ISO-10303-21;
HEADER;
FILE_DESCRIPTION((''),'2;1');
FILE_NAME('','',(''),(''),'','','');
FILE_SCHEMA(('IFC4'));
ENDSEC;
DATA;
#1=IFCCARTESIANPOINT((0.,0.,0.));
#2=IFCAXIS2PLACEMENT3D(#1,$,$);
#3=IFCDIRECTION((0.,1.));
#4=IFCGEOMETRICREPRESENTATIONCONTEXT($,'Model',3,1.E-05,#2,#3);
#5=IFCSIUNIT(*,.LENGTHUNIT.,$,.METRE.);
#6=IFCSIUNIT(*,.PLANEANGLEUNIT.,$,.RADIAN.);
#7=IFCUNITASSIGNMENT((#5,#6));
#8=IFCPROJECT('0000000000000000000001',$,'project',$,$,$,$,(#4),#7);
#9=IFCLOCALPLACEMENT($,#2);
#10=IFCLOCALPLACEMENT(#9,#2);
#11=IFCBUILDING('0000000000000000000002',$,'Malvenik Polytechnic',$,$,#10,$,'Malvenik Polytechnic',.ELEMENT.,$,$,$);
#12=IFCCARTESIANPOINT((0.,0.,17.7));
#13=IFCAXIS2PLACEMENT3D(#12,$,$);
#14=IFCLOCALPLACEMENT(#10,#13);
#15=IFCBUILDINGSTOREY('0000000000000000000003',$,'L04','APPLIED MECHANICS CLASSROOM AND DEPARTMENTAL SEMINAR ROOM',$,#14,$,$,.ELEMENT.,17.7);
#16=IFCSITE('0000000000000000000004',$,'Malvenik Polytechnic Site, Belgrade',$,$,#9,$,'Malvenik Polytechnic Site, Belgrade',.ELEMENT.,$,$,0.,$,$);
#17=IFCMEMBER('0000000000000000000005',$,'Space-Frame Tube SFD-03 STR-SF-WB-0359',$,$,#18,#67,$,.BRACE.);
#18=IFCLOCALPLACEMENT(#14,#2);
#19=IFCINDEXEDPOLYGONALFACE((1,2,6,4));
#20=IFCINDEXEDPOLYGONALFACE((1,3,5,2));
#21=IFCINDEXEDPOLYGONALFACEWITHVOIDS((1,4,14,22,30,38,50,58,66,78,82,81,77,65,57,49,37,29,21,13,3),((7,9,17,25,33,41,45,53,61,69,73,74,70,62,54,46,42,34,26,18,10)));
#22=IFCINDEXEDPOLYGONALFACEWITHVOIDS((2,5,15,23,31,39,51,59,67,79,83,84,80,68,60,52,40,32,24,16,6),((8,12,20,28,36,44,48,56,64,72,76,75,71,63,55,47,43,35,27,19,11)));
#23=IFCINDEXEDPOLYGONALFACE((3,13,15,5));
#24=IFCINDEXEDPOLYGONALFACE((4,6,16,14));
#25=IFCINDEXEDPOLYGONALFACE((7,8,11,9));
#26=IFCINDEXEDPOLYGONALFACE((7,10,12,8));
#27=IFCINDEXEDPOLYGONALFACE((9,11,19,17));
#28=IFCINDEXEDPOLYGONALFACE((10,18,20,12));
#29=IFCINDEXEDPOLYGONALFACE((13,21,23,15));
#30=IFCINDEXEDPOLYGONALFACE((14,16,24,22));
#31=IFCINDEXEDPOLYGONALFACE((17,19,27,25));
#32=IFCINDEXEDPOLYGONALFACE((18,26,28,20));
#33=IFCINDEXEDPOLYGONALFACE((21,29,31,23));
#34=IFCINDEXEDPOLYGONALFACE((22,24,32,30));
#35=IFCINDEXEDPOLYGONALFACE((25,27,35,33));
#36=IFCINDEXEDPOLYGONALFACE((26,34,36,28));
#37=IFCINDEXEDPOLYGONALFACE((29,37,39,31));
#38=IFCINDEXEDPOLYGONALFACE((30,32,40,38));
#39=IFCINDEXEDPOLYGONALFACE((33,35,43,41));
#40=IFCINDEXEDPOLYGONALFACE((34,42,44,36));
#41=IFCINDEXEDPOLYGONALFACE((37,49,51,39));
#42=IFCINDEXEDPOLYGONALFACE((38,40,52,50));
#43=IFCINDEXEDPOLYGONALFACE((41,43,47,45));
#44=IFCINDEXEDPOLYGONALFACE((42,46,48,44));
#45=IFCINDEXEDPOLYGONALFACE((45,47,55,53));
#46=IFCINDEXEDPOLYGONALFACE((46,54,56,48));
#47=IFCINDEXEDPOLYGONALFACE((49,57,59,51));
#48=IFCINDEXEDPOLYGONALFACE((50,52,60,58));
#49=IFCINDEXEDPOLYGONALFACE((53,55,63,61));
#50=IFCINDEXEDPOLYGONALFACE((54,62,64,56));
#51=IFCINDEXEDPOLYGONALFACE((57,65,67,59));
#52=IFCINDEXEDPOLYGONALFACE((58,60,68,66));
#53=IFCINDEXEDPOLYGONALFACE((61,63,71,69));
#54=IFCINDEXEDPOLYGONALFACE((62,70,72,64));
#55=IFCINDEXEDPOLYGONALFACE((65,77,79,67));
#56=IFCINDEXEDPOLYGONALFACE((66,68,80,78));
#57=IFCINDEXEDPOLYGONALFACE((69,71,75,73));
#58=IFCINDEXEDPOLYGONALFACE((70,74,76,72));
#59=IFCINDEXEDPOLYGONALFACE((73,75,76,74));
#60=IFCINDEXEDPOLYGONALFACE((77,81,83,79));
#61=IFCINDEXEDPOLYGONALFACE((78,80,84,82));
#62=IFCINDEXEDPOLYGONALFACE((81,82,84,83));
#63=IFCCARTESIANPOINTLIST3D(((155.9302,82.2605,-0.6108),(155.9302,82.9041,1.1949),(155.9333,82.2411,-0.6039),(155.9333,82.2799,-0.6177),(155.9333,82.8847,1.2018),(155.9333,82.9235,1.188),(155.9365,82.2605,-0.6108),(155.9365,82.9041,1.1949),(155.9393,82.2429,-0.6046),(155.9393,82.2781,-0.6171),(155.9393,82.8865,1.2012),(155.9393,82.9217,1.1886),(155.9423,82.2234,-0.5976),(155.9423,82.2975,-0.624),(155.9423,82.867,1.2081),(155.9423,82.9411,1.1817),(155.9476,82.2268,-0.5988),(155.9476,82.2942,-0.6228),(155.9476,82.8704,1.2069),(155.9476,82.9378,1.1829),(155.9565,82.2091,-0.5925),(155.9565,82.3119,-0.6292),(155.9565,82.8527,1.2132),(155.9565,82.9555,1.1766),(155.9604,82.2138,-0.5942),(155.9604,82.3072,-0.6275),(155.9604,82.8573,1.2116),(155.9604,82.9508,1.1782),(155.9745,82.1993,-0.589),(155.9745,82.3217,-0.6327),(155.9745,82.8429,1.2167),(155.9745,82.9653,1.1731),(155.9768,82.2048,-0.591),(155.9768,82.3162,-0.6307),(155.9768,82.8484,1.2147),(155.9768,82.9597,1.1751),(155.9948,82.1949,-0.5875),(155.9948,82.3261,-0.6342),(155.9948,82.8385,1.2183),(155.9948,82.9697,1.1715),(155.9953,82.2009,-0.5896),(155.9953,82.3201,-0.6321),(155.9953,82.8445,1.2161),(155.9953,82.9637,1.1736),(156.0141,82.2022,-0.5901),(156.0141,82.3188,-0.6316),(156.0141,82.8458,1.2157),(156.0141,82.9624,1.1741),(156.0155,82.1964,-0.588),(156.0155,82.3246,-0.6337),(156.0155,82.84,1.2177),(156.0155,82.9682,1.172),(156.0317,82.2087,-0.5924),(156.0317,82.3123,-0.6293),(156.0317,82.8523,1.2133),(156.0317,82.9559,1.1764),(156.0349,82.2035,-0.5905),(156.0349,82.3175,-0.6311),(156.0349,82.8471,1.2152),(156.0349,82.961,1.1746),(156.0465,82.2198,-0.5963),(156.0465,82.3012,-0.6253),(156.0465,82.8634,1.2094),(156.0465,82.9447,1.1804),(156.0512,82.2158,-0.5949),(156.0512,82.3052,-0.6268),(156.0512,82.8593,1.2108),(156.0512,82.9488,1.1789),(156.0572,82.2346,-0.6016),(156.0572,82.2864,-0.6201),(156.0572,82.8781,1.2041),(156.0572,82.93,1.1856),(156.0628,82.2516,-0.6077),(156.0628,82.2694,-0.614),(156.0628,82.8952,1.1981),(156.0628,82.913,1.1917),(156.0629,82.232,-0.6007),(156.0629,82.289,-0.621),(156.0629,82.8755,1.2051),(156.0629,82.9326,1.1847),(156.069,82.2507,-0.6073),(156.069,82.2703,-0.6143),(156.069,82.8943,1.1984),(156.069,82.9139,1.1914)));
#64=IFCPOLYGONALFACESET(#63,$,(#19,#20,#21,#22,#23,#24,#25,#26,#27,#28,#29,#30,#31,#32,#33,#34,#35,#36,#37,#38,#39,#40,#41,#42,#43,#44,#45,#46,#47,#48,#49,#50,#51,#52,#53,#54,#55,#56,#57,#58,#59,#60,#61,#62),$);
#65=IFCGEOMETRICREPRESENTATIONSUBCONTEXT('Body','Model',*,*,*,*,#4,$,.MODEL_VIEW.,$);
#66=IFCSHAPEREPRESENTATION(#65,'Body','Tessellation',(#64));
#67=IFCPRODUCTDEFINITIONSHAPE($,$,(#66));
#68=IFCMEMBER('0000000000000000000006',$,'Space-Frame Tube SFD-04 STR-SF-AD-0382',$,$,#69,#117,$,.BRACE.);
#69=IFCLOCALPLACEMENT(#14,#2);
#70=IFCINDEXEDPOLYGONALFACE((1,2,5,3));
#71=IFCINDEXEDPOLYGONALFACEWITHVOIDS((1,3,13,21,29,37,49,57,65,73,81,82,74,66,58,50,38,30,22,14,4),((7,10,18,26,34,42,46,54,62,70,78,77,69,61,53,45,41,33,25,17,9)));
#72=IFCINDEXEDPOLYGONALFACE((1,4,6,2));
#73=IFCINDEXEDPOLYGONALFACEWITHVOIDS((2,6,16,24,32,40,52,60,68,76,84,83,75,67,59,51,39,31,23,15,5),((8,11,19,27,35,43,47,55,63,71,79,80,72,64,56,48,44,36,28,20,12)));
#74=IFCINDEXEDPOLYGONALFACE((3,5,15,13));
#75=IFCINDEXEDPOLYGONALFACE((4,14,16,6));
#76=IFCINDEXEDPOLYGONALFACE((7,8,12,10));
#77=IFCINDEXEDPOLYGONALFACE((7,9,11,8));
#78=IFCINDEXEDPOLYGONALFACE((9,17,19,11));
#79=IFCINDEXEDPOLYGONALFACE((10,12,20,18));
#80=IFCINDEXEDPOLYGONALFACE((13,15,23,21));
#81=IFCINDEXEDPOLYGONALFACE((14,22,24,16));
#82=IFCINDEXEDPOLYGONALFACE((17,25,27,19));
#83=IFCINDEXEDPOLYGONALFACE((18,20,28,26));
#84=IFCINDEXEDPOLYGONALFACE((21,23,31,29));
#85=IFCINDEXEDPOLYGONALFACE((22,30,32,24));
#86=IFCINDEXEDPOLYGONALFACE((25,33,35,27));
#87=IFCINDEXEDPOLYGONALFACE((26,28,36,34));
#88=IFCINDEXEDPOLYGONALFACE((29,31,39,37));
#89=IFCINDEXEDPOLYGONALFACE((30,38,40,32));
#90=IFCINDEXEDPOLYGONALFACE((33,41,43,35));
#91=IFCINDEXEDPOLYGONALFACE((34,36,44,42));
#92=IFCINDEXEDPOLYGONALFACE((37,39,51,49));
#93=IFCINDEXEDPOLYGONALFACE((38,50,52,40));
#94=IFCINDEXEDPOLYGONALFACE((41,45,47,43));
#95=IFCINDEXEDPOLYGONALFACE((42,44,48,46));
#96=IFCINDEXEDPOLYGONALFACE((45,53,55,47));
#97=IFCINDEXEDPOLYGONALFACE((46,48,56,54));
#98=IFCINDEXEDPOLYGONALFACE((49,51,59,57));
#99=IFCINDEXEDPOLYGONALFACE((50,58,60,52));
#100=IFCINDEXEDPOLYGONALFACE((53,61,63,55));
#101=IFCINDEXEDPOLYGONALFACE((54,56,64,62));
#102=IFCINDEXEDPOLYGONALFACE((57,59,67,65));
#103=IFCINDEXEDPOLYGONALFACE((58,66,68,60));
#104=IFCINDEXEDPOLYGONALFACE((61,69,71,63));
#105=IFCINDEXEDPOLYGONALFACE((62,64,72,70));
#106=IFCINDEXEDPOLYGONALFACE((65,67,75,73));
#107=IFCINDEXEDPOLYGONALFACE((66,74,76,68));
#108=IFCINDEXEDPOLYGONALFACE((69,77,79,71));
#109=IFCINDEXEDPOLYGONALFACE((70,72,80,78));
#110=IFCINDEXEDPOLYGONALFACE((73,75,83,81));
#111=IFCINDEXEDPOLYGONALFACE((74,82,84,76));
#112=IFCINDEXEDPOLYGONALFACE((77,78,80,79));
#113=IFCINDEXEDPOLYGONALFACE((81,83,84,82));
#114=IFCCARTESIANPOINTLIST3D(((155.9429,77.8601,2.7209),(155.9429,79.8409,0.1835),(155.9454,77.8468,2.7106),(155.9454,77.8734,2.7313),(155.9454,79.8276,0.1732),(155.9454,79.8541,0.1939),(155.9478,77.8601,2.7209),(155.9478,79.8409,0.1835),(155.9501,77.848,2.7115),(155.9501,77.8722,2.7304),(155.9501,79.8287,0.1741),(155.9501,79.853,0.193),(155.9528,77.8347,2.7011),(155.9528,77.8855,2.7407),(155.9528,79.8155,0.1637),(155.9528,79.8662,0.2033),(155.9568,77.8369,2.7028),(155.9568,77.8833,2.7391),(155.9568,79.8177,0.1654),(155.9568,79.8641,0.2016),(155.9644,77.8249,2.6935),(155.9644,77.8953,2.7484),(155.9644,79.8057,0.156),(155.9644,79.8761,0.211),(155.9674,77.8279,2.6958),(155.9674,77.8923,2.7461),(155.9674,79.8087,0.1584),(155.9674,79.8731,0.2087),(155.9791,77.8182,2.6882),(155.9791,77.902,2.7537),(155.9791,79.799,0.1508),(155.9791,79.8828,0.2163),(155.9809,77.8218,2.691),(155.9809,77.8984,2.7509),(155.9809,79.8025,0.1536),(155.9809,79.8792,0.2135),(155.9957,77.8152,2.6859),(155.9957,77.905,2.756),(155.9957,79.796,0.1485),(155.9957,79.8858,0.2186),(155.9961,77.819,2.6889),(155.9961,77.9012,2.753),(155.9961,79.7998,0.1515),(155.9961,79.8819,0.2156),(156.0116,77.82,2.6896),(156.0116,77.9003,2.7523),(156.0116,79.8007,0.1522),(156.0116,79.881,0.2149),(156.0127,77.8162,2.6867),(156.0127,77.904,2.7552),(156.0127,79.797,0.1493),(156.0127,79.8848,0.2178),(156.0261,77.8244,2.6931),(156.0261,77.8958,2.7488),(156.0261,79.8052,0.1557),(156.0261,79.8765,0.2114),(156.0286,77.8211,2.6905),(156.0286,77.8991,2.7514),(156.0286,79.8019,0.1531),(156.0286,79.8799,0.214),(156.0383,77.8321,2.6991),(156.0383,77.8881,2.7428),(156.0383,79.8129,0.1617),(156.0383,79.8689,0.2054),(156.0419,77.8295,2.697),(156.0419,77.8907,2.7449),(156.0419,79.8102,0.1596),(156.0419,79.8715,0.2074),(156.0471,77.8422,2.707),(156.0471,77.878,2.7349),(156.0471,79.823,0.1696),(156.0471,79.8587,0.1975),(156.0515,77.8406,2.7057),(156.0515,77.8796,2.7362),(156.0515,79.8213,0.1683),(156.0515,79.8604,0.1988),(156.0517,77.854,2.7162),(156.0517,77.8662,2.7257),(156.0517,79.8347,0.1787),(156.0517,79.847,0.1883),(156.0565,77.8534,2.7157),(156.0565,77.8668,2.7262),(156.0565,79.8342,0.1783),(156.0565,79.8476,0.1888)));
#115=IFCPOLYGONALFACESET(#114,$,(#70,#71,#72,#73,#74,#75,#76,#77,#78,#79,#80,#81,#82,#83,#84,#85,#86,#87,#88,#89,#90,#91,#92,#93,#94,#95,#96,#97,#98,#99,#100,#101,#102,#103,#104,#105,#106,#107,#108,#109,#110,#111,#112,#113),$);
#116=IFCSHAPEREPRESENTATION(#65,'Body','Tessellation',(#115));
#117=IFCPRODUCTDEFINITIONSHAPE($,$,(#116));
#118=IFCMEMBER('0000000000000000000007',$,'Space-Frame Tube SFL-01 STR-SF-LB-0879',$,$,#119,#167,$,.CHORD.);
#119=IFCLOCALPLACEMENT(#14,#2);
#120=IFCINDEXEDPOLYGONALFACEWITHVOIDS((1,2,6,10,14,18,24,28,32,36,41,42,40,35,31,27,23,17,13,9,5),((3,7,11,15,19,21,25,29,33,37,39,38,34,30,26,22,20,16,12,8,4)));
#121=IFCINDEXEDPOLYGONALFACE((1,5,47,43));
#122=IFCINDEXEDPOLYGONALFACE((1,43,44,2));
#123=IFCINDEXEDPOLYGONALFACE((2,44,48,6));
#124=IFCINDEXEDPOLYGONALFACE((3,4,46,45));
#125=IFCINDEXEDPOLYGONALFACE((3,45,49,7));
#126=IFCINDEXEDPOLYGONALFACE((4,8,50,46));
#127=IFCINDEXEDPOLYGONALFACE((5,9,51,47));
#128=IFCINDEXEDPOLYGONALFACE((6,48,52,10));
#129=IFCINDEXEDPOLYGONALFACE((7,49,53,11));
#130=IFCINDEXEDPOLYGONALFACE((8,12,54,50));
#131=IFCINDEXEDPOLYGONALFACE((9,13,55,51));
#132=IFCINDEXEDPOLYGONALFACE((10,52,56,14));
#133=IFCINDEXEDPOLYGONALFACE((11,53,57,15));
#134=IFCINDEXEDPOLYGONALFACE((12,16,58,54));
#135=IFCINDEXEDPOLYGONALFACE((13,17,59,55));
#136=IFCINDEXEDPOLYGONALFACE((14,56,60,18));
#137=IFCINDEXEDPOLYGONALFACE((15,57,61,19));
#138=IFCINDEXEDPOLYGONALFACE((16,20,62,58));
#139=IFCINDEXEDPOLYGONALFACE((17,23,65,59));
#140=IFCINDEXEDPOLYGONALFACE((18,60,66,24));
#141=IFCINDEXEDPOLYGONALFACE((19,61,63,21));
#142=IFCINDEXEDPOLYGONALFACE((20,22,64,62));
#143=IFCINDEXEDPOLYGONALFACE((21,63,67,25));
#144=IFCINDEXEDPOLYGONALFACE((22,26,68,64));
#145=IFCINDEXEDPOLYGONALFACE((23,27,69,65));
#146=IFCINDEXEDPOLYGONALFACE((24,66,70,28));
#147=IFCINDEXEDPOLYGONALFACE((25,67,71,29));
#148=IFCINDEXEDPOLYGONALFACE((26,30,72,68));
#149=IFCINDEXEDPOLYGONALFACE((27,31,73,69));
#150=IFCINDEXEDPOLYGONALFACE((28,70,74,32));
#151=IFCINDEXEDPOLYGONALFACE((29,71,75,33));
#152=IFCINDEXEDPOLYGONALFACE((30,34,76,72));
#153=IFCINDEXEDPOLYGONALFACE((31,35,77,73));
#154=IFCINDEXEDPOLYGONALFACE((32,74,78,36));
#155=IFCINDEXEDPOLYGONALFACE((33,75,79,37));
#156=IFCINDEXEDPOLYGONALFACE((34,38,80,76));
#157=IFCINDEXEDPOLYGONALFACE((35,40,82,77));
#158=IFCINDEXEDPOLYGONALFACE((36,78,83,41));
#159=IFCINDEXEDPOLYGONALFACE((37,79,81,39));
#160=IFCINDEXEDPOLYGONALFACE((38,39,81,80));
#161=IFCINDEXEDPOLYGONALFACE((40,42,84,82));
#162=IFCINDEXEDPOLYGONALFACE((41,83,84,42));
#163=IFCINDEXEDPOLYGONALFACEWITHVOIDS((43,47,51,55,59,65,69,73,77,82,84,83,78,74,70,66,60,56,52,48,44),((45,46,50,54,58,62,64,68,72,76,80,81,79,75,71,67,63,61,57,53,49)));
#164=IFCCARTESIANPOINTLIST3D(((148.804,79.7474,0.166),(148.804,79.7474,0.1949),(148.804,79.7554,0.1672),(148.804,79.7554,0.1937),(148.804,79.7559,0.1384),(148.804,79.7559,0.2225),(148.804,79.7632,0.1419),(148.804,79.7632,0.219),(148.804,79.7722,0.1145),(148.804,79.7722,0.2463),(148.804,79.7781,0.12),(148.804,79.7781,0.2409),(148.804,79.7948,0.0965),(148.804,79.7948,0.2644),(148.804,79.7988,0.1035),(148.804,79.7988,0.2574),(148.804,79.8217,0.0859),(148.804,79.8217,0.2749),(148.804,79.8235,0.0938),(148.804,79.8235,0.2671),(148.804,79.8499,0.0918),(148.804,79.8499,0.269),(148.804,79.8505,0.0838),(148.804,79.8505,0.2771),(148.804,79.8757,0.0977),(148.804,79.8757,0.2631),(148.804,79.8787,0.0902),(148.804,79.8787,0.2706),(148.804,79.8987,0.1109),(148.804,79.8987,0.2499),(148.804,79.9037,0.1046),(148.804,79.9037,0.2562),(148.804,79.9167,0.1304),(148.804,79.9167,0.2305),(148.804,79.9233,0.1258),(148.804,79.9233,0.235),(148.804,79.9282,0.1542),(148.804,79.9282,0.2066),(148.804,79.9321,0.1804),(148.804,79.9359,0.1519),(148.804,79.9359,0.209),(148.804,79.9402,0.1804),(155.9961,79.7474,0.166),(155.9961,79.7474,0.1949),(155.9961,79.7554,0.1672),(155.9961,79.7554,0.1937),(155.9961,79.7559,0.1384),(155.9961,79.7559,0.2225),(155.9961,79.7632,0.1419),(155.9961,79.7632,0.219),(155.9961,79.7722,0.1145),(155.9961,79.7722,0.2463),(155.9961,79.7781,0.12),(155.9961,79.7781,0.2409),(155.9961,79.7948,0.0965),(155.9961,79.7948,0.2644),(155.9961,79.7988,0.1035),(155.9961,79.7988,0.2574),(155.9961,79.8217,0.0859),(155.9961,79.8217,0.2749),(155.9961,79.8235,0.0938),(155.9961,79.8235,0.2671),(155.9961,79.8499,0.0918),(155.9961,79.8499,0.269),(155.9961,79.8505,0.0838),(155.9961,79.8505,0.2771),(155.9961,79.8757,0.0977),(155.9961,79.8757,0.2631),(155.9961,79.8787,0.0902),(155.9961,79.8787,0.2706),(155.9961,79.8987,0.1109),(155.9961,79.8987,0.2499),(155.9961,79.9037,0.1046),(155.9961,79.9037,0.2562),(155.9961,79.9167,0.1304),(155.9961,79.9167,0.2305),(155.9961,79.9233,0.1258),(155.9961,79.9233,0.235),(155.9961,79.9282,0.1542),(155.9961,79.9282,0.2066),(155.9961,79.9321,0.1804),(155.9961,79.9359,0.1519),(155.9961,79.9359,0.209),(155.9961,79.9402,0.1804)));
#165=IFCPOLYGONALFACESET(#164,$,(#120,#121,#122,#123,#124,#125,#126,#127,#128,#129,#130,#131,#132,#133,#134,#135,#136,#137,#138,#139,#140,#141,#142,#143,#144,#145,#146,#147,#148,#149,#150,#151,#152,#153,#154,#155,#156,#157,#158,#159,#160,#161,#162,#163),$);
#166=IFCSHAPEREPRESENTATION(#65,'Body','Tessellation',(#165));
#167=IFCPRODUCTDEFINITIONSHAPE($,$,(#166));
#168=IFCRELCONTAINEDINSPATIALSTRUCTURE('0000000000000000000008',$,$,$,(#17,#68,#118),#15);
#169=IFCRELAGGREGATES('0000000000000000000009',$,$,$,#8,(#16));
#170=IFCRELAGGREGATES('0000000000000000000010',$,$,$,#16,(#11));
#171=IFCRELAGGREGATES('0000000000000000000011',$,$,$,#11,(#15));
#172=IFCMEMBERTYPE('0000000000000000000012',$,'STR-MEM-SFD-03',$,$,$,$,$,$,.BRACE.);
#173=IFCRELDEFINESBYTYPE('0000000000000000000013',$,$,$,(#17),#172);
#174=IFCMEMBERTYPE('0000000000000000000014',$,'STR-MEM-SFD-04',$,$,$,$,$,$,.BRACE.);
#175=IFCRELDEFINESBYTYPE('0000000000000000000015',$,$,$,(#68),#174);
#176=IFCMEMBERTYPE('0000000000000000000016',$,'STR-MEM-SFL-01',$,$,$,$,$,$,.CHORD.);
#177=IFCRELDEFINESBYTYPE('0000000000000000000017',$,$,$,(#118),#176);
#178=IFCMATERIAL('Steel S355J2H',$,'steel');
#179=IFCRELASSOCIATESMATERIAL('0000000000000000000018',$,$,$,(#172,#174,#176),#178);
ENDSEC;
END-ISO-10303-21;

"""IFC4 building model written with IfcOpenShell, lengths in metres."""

from ifc_helpers import new_model, si_unit, direction, frame, origin, origin_2d, place, context, subcontext, project, spatial, hollow_circle, extrude, material, material_profile, profile_set, type_object, element, save


model = new_model("IFC4")

# Units and contexts
model_context = context("Model", 3, precision=1e-05, world=origin(), true_north=direction((0.0, 1.0)))
body_context = subcontext(model_context, "Body", "Model", "MODEL_VIEW")
ifc_project = project(units=[si_unit("LENGTHUNIT", "METRE"), si_unit("PLANEANGLEUNIT", "RADIAN")], contexts=[model_context])

# Site, building, storey
site_placement = place(None, origin())
site = spatial("IfcSite", under=ifc_project, at=site_placement, Name="Malvenik Polytechnic Site, Belgrade", LongName="Malvenik Polytechnic Site, Belgrade", CompositionType="ELEMENT", RefElevation=0.0)
building_placement = place(site_placement, origin())
building = spatial("IfcBuilding", under=site, at=building_placement, Name="Malvenik Polytechnic", LongName="Malvenik Polytechnic", CompositionType="ELEMENT")
storey_placement = place(building_placement, frame((0.0, 0.0, 17.7)))
storey = spatial("IfcBuildingStorey", under=building, at=storey_placement, Name="L04", Description="APPLIED MECHANICS CLASSROOM AND DEPARTMENTAL SEMINAR ROOM", CompositionType="ELEMENT", Elevation=17.7)

# Members
ifc_material = material(Name="Steel S355J2H", Category="steel")
ifc_material_profile_1 = material_profile(ifc_material, hollow_circle(Radius=0.0698, WallThickness=0.0063, at=origin_2d()), Name="CHS 139.7x6.3")
ifc_profile_set_1 = profile_set([ifc_material_profile_1], Name="Steel S355J2H")
member_type_1 = type_object("IfcMemberType", Name="STR-MEM-SFD-03", PredefinedType="BRACE", material=ifc_profile_set_1)
member_1_placement = place(storey_placement, frame((156.0, 82.2605, -0.6108), z_axis=(0.0, 0.335723, 0.941961), x_axis=(-1.0, 0.0, 0.0)))
element("IfcMember", 1, at=member_1_placement, inside=storey, type_object=member_type_1, Name="Space-Frame Tube SFD-03 STR-SF-WB-0359", PredefinedType="BRACE", context=body_context, shape_type="SweptSolid", body=[
    extrude(hollow_circle(Radius=0.0698, WallThickness=0.0063, at=origin_2d()), origin(), (0.0, 0.0, 1.0), 1.917),
])
ifc_material_profile_2 = material_profile(ifc_material, hollow_circle(Radius=0.0571, WallThickness=0.0049, at=origin_2d()), Name="CHS 114.3x5.0")
ifc_profile_set_2 = profile_set([ifc_material_profile_2], Name="Steel S355J2H")
member_type_2 = type_object("IfcMemberType", Name="STR-MEM-SFD-04", PredefinedType="BRACE", material=ifc_profile_set_2)
member_2_placement = place(storey_placement, frame((156.0, 77.8601, 2.7209), z_axis=(0.0, 0.615336, -0.788265), x_axis=(-1.0, 0.0, 0.0)))
element("IfcMember", 2, at=member_2_placement, inside=storey, type_object=member_type_2, Name="Space-Frame Tube SFD-04 STR-SF-AD-0382", PredefinedType="BRACE", context=body_context, shape_type="SweptSolid", body=[
    extrude(hollow_circle(Radius=0.0571, WallThickness=0.0049, at=origin_2d()), origin(), (0.0, 0.0, 1.0), 3.219),
])
ifc_material_profile_3 = material_profile(ifc_material, hollow_circle(Radius=0.0969, WallThickness=0.0081, at=origin_2d()), Name="CHS 193.7x8.0")
ifc_profile_set_3 = profile_set([ifc_material_profile_3], Name="Steel S355J2H")
member_type_3 = type_object("IfcMemberType", Name="STR-MEM-SFL-01", PredefinedType="CHORD", material=ifc_profile_set_3)
for number, where, z_axis, x_axis, name in (
    (3, (148.804, 79.8433, 0.1804), (1.0, 0.0, 0.0), (0.0, 1.0, 0.0), "Space-Frame Tube SFL-01 STR-SF-LB-0879"),
):
    element("IfcMember", number, at=place(storey_placement, frame(where, z_axis=z_axis, x_axis=x_axis)), inside=storey, type_object=member_type_3, Name=name, PredefinedType="CHORD", context=body_context, shape_type="SweptSolid", body=[
        extrude(hollow_circle(Radius=0.0969, WallThickness=0.0081, at=origin_2d()), origin(), (0.0, 0.0, 1.0), 7.1921),
    ])

save(model, "model.ifc")
